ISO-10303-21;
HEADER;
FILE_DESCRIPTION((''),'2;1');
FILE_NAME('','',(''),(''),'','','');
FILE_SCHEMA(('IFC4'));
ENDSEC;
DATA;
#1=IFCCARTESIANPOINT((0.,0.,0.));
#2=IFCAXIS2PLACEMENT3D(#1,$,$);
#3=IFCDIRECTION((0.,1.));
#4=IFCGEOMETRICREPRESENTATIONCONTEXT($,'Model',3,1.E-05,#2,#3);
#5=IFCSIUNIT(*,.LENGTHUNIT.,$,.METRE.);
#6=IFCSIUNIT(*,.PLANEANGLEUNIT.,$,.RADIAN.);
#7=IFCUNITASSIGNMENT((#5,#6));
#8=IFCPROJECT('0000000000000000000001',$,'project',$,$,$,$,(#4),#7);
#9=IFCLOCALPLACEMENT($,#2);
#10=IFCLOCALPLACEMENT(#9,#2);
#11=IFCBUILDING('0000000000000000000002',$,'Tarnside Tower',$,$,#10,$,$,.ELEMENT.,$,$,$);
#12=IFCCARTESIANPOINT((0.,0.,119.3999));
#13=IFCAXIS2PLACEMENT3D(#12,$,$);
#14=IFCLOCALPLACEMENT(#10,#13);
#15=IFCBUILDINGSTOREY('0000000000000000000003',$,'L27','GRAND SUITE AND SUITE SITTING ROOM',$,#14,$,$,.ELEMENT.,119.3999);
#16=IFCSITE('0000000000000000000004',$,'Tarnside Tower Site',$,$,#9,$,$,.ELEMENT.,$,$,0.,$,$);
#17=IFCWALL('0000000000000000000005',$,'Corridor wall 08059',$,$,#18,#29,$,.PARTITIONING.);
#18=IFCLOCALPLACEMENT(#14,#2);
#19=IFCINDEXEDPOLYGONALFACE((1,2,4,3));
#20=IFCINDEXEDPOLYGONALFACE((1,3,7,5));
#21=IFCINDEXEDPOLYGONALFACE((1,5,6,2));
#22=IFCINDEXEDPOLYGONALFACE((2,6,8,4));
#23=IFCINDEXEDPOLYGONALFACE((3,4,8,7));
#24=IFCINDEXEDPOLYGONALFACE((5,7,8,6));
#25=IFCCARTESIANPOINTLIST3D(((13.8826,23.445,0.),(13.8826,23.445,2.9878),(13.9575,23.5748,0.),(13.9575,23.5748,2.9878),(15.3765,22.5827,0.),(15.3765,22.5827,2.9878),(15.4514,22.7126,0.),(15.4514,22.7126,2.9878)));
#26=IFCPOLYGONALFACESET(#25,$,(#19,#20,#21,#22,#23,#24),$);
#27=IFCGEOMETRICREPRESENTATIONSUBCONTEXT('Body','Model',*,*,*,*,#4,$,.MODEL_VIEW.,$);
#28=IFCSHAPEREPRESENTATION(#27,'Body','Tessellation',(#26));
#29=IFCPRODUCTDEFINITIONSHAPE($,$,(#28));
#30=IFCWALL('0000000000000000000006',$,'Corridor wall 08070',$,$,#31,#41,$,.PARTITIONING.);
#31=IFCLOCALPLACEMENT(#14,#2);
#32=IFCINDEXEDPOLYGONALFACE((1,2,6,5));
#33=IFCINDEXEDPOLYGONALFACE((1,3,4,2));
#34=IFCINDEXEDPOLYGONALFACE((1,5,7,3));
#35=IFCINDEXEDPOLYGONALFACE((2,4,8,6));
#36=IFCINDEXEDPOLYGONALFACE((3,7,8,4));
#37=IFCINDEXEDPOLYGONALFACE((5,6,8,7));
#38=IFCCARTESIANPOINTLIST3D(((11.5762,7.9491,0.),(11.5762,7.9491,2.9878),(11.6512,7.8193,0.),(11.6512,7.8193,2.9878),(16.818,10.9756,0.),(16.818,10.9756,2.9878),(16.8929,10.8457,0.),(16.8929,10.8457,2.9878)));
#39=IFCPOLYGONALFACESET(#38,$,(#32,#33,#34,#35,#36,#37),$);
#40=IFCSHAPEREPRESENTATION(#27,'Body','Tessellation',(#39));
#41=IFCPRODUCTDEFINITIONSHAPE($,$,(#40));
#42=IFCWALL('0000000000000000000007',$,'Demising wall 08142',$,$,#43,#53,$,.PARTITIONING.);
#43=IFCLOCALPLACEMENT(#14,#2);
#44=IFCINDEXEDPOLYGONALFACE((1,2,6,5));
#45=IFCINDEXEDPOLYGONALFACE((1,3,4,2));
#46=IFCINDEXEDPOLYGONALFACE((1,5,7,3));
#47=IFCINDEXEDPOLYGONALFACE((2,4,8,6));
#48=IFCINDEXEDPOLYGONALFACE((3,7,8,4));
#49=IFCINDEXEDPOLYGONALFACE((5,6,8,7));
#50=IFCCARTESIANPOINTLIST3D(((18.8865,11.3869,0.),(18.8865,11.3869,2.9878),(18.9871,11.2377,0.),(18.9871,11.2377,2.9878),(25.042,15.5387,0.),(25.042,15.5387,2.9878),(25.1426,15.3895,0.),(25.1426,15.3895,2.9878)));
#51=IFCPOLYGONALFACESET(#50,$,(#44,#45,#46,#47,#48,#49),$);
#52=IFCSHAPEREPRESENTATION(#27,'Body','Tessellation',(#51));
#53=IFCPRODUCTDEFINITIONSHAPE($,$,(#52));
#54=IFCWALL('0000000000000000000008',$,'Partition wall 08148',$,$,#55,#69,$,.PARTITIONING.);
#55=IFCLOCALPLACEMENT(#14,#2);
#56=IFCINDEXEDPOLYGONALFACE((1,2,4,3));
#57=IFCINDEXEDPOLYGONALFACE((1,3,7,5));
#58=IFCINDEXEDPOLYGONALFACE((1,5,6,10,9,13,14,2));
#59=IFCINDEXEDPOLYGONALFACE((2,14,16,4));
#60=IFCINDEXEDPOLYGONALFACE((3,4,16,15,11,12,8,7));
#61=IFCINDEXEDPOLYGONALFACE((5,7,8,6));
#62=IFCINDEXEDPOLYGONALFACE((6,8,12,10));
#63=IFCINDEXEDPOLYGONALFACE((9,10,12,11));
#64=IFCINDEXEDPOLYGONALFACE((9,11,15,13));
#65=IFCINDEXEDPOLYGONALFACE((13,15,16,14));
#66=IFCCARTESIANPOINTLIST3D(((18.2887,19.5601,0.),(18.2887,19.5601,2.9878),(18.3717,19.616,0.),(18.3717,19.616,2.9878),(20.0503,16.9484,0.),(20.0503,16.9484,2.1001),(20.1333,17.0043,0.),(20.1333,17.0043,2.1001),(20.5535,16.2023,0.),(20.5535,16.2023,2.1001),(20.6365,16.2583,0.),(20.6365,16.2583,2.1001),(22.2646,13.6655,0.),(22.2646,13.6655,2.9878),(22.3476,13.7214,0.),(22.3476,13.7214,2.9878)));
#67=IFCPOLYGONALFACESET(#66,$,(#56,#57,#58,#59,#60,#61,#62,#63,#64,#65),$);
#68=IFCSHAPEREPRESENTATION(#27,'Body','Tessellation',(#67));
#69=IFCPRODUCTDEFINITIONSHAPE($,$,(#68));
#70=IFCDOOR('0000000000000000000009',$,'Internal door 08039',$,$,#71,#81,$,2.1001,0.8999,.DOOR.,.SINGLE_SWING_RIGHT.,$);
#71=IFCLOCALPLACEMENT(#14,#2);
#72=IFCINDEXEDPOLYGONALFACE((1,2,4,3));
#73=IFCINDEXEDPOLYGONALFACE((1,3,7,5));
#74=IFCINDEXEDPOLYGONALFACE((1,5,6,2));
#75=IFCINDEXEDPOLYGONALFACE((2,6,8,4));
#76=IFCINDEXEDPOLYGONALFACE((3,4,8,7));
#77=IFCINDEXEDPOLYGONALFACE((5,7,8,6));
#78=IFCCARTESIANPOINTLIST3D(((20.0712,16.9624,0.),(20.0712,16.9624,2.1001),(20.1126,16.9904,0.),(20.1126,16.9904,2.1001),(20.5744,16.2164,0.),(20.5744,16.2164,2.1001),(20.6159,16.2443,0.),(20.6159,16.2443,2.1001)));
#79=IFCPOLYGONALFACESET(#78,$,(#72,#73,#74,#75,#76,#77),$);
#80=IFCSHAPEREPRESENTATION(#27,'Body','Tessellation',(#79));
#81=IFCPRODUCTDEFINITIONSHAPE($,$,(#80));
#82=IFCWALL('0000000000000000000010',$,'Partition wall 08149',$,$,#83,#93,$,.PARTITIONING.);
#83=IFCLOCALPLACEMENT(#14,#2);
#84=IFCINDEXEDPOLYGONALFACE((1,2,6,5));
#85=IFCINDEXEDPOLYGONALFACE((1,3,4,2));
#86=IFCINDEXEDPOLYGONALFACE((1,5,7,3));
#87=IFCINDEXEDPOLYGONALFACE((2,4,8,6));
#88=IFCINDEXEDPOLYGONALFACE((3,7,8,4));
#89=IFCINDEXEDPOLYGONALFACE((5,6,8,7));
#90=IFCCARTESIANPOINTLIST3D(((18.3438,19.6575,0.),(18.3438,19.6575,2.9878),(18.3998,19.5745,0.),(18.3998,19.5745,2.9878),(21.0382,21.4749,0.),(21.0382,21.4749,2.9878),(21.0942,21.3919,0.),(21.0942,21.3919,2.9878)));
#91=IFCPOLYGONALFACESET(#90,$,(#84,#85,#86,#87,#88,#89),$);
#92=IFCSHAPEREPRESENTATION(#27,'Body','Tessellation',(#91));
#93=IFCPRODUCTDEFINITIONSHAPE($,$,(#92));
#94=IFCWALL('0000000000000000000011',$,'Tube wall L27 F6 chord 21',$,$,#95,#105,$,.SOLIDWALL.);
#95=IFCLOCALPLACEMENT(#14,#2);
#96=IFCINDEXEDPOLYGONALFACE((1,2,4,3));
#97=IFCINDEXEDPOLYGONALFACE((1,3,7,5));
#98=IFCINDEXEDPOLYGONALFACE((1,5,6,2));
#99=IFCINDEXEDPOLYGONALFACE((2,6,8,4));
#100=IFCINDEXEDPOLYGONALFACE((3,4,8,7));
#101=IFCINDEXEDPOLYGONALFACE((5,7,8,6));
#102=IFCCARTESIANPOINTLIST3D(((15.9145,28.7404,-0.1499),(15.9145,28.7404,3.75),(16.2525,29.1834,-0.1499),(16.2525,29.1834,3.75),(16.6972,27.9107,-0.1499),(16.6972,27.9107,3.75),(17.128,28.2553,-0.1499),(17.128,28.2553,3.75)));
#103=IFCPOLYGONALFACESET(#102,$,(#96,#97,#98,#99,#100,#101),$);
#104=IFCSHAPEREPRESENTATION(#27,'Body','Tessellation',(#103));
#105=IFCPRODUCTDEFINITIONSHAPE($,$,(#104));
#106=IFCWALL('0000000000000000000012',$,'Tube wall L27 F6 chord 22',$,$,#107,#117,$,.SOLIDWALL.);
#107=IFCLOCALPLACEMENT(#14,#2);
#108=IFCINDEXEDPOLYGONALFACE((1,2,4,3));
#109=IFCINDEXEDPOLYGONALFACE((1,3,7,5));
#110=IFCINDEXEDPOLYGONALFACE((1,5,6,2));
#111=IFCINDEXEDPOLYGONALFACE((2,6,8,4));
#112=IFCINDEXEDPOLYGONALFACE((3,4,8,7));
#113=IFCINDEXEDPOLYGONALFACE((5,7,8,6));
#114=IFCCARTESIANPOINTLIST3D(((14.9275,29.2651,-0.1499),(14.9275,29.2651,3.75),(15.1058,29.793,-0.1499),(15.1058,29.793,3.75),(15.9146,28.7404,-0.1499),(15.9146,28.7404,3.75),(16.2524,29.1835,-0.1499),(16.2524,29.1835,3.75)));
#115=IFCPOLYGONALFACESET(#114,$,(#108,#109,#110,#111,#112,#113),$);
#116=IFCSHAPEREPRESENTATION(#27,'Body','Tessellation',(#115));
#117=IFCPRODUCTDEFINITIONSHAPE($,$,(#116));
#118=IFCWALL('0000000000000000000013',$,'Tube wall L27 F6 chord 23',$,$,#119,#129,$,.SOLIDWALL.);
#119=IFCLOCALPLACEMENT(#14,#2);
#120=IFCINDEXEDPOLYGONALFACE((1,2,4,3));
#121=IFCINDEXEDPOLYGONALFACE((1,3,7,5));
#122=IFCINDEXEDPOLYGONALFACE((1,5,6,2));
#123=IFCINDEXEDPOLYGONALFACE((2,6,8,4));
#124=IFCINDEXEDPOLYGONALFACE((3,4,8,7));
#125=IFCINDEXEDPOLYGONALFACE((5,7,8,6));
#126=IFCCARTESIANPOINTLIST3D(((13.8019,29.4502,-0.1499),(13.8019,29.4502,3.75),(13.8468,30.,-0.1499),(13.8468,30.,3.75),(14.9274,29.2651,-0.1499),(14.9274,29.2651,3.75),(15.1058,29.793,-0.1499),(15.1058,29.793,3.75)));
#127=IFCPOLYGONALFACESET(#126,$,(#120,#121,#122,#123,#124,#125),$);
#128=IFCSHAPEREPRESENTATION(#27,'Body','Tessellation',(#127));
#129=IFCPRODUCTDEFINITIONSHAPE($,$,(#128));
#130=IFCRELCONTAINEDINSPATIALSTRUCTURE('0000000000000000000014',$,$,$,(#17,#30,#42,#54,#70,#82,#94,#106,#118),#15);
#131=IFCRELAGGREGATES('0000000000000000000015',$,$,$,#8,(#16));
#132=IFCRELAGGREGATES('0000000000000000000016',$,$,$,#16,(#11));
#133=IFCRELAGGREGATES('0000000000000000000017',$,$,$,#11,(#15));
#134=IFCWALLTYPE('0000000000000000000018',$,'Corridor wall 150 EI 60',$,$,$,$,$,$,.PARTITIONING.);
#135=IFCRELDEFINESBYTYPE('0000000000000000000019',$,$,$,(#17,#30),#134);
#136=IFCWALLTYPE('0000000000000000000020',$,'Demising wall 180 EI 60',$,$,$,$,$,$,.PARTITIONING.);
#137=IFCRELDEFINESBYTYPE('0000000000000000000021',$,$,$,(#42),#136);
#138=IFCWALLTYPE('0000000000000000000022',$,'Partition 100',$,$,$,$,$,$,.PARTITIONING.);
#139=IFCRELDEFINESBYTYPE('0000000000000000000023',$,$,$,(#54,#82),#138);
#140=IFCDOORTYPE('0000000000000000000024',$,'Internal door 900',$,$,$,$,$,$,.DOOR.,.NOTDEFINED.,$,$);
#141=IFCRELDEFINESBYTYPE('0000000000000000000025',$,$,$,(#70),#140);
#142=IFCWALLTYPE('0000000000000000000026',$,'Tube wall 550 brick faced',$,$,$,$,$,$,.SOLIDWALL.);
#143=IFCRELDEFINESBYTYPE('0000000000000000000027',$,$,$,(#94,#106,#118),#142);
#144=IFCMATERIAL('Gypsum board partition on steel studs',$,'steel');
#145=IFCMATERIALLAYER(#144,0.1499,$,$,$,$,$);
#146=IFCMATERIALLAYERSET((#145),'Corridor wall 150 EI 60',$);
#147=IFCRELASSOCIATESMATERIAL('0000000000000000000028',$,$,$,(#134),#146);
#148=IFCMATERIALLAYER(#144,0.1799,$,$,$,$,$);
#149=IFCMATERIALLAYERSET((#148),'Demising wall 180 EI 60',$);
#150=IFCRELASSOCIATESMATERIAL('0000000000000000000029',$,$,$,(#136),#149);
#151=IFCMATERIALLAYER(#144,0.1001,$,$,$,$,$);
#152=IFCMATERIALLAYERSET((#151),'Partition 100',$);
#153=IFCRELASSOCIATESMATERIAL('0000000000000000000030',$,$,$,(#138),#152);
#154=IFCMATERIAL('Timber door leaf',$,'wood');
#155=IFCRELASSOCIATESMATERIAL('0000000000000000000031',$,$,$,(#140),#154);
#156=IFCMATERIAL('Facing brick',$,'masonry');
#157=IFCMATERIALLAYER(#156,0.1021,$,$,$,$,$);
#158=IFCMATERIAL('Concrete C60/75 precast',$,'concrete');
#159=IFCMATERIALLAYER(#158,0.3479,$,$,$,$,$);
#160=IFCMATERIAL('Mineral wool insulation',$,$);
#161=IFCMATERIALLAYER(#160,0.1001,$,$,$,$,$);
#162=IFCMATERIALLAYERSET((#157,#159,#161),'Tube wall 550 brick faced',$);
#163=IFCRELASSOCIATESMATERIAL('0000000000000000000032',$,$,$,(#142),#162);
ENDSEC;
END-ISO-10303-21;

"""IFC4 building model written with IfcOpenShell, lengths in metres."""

from ifc_helpers import new_model, si_unit, direction, frame, frame_2d, origin, place, context, subcontext, project, spatial, polyline, rectangle, outline, extrude, material, layer, layer_set, type_object, element, fill, save


model = new_model("IFC4")

# Units and contexts
model_context = context("Model", 3, precision=1e-05, world=origin(), true_north=direction((0.0, 1.0)))
body_context = subcontext(model_context, "Body", "Model", "MODEL_VIEW")
ifc_project = project(units=[si_unit("LENGTHUNIT", "METRE"), si_unit("PLANEANGLEUNIT", "RADIAN")], contexts=[model_context])

# Site, building, storey
site_placement = place(None, origin())
site = spatial("IfcSite", under=ifc_project, at=site_placement, Name="Tarnside Tower Site", CompositionType="ELEMENT", RefElevation=0.0)
building_placement = place(site_placement, origin())
building = spatial("IfcBuilding", under=site, at=building_placement, Name="Tarnside Tower", CompositionType="ELEMENT")
storey_placement = place(building_placement, frame((0.0, 0.0, 119.3999)))
storey = spatial("IfcBuildingStorey", under=building, at=storey_placement, Name="L27", Description="GRAND SUITE AND SUITE SITTING ROOM", CompositionType="ELEMENT", Elevation=119.3999)

# Shared definitions
ifc_material_1 = material(Name="Gypsum board partition on steel studs", Category="steel")

# Shared definitions
ifc_material_2 = material(Name="Timber door leaf", Category="wood")

# Walls
ifc_layer_1 = layer(ifc_material_1, 0.1499)
ifc_layer_set_1 = layer_set([ifc_layer_1], Name="Corridor wall 150 EI 60")
wall_type_1 = type_object("IfcWallType", Name="Corridor wall 150 EI 60", PredefinedType="PARTITIONING", material=ifc_layer_set_1)
wall_1_placement = place(storey_placement, frame((15.4138, 22.6477, 0.0), z_axis=(0.0, 0.0, 1.0), x_axis=(-0.866075, 0.499914, 0.0)))
element("IfcWall", 1, at=wall_1_placement, inside=storey, type_object=wall_type_1, Name="Corridor wall 08059", PredefinedType="PARTITIONING", context=body_context, shape_type="SweptSolid", body=[
    extrude(rectangle(XDim=1.7249, YDim=0.1499, at=frame_2d((0.8623, 0.0))), origin(), (0.0, 0.0, 1.0), 2.9878),
])
wall_2_placement = place(storey_placement, frame((16.8555, 10.9106, 0.0), z_axis=(0.0, 0.0, 1.0), x_axis=(-0.86602, -0.500009, 0.0)))
element("IfcWall", 2, at=wall_2_placement, inside=storey, type_object=wall_type_1, Name="Corridor wall 08070", PredefinedType="PARTITIONING", context=body_context, shape_type="SweptSolid", body=[
    extrude(rectangle(XDim=6.0527, YDim=0.1499, at=frame_2d((3.0264, 0.0))), origin(), (0.0, 0.0, 1.0), 2.9878),
])
ifc_layer_2 = layer(ifc_material_1, 0.1799)
ifc_layer_set_2 = layer_set([ifc_layer_2], Name="Demising wall 180 EI 60")
wall_type_2 = type_object("IfcWallType", Name="Demising wall 180 EI 60", PredefinedType="PARTITIONING", material=ifc_layer_set_2)
wall_3_placement = place(storey_placement, frame((25.0923, 15.4641, 0.0), z_axis=(0.0, 0.0, 1.0), x_axis=(-0.829043, -0.559184, 0.0)))
element("IfcWall", 3, at=wall_3_placement, inside=storey, type_object=wall_type_2, Name="Demising wall 08142", PredefinedType="PARTITIONING", context=body_context, shape_type="SweptSolid", body=[
    extrude(rectangle(XDim=7.4248, YDim=0.1799, at=frame_2d((3.7124, 0.0))), origin(), (0.0, 0.0, 1.0), 2.9878),
])

# Wall, opening, door
ifc_layer_3 = layer(ifc_material_1, 0.1001)
ifc_layer_set_3 = layer_set([ifc_layer_3], Name="Partition 100")
wall_type_3 = type_object("IfcWallType", Name="Partition 100", PredefinedType="PARTITIONING", material=ifc_layer_set_3)
wall_4_placement = place(storey_placement, frame((22.3062, 13.6934, 0.0), z_axis=(0.0, 0.0, 1.0), x_axis=(-0.559185, 0.829043, 0.0)))
wall_4 = element("IfcWall", 4, at=wall_4_placement, inside=storey, type_object=wall_type_3, Name="Partition wall 08148", PredefinedType="PARTITIONING", context=body_context, shape_type="SweptSolid", body=[
    extrude(rectangle(XDim=7.1101, YDim=0.1001, at=frame_2d((3.5552, 0.0))), origin(), (0.0, 0.0, 1.0), 2.9878),
])
opening_1_placement = place(wall_4_placement, frame((3.0601, 0.0, 0.0)))
opening_1 = element("IfcOpeningElement", 5, at=opening_1_placement, cuts=wall_4, PredefinedType="OPENING", context=body_context, shape_type="SweptSolid", body=[
    extrude(rectangle(XDim=0.8999, YDim=2.1001, at=frame_2d((0.45, 1.05))), frame((0.0, 0.0601, 0.0), z_axis=(0.0, -1.0, 0.0), x_axis=(1.0, 0.0, 0.0)), (0.0, 0.0, 1.0), 0.1201),
])
door_type_1 = type_object("IfcDoorType", Name="Internal door 900", OperationType="NOTDEFINED", PredefinedType="DOOR", material=ifc_material_2)
door_1_placement = place(opening_1_placement, origin())
door_1 = element("IfcDoor", 6, at=door_1_placement, inside=storey, type_object=door_type_1, Name="Internal door 08039", OperationType="SINGLE_SWING_RIGHT", OverallHeight=2.1001, OverallWidth=0.8999, PredefinedType="DOOR", context=body_context, shape_type="SweptSolid", body=[
    extrude(rectangle(XDim=0.8999, YDim=2.1001, at=frame_2d((0.45, 1.05))), frame((0.0, 0.0249, 0.0), z_axis=(0.0, -1.0, 0.0), x_axis=(1.0, 0.0, 0.0)), (0.0, 0.0, 1.0), 0.05),
])
fill(opening_1, door_1)

# Walls
wall_5_placement = place(storey_placement, frame((18.3718, 19.616, 0.0), z_axis=(0.0, 0.0, 1.0), x_axis=(0.829033, 0.559199, 0.0)))
element("IfcWall", 7, at=wall_5_placement, inside=storey, type_object=wall_type_3, Name="Partition wall 08149", PredefinedType="PARTITIONING", context=body_context, shape_type="SweptSolid", body=[
    extrude(rectangle(XDim=3.25, YDim=0.1001, at=frame_2d((1.625, 0.0))), origin(), (0.0, 0.0, 1.0), 2.9878),
])
ifc_material_3 = material(Name="Facing brick", Category="masonry")
ifc_layer_4 = layer(ifc_material_3, 0.1021)
ifc_material_4 = material(Name="Concrete C60/75 precast", Category="concrete")
ifc_layer_5 = layer(ifc_material_4, 0.3479)
ifc_material_5 = material(Name="Mineral wool insulation")
ifc_layer_6 = layer(ifc_material_5, 0.1001)
ifc_layer_set_4 = layer_set([ifc_layer_4, ifc_layer_5, ifc_layer_6], Name="Tube wall 550 brick faced")
wall_type_4 = type_object("IfcWallType", Name="Tube wall 550 brick faced", PredefinedType="SOLIDWALL", material=ifc_layer_set_4)
wall_6_placement = place(storey_placement, frame((16.9126, 28.083, -0.1499), z_axis=(0.0, 0.0, 1.0), x_axis=(-0.686196, 0.727416, 0.0)))
element("IfcWall", 8, at=wall_6_placement, inside=storey, type_object=wall_type_4, Name="Tube wall L27 F6 chord 21", PredefinedType="SOLIDWALL", context=body_context, shape_type="SweptSolid", body=[
    extrude(outline(polyline([(-0.0225, -0.2749), (1.2534, -0.2749), (1.1631, 0.2749), (0.0225, 0.2749), (-0.0225, -0.2749)])), origin(), (0.0, 0.0, 1.0), 3.8999),
])
wall_7_placement = place(storey_placement, frame((16.0835, 28.9619, -0.1499), z_axis=(0.0, 0.0, 1.0), x_axis=(-0.882995, 0.469382, 0.0)))
element("IfcWall", 9, at=wall_7_placement, inside=storey, type_object=wall_type_4, Name="Tube wall L27 F6 chord 22", PredefinedType="SOLIDWALL", context=body_context, shape_type="SweptSolid", body=[
    extrude(outline(polyline([(-0.0452, -0.2749), (1.2534, -0.2749), (1.1631, 0.2749), (0.0452, 0.2749), (-0.0452, -0.2749)])), origin(), (0.0, 0.0, 1.0), 3.8999),
])
wall_8_placement = place(storey_placement, frame((15.0166, 29.5291, -0.1499), z_axis=(0.0, 0.0, 1.0), x_axis=(-0.986747, 0.162269, 0.0)))
element("IfcWall", 10, at=wall_8_placement, inside=storey, type_object=wall_type_4, Name="Tube wall L27 F6 chord 23", PredefinedType="SOLIDWALL", context=body_context, shape_type="SweptSolid", body=[
    extrude(outline(polyline([(-0.0452, -0.2749), (1.2307, -0.2749), (1.1858, 0.2749), (0.0452, 0.2749), (-0.0452, -0.2749)])), origin(), (0.0, 0.0, 1.0), 3.8999),
])

save(model, "model.ifc")
